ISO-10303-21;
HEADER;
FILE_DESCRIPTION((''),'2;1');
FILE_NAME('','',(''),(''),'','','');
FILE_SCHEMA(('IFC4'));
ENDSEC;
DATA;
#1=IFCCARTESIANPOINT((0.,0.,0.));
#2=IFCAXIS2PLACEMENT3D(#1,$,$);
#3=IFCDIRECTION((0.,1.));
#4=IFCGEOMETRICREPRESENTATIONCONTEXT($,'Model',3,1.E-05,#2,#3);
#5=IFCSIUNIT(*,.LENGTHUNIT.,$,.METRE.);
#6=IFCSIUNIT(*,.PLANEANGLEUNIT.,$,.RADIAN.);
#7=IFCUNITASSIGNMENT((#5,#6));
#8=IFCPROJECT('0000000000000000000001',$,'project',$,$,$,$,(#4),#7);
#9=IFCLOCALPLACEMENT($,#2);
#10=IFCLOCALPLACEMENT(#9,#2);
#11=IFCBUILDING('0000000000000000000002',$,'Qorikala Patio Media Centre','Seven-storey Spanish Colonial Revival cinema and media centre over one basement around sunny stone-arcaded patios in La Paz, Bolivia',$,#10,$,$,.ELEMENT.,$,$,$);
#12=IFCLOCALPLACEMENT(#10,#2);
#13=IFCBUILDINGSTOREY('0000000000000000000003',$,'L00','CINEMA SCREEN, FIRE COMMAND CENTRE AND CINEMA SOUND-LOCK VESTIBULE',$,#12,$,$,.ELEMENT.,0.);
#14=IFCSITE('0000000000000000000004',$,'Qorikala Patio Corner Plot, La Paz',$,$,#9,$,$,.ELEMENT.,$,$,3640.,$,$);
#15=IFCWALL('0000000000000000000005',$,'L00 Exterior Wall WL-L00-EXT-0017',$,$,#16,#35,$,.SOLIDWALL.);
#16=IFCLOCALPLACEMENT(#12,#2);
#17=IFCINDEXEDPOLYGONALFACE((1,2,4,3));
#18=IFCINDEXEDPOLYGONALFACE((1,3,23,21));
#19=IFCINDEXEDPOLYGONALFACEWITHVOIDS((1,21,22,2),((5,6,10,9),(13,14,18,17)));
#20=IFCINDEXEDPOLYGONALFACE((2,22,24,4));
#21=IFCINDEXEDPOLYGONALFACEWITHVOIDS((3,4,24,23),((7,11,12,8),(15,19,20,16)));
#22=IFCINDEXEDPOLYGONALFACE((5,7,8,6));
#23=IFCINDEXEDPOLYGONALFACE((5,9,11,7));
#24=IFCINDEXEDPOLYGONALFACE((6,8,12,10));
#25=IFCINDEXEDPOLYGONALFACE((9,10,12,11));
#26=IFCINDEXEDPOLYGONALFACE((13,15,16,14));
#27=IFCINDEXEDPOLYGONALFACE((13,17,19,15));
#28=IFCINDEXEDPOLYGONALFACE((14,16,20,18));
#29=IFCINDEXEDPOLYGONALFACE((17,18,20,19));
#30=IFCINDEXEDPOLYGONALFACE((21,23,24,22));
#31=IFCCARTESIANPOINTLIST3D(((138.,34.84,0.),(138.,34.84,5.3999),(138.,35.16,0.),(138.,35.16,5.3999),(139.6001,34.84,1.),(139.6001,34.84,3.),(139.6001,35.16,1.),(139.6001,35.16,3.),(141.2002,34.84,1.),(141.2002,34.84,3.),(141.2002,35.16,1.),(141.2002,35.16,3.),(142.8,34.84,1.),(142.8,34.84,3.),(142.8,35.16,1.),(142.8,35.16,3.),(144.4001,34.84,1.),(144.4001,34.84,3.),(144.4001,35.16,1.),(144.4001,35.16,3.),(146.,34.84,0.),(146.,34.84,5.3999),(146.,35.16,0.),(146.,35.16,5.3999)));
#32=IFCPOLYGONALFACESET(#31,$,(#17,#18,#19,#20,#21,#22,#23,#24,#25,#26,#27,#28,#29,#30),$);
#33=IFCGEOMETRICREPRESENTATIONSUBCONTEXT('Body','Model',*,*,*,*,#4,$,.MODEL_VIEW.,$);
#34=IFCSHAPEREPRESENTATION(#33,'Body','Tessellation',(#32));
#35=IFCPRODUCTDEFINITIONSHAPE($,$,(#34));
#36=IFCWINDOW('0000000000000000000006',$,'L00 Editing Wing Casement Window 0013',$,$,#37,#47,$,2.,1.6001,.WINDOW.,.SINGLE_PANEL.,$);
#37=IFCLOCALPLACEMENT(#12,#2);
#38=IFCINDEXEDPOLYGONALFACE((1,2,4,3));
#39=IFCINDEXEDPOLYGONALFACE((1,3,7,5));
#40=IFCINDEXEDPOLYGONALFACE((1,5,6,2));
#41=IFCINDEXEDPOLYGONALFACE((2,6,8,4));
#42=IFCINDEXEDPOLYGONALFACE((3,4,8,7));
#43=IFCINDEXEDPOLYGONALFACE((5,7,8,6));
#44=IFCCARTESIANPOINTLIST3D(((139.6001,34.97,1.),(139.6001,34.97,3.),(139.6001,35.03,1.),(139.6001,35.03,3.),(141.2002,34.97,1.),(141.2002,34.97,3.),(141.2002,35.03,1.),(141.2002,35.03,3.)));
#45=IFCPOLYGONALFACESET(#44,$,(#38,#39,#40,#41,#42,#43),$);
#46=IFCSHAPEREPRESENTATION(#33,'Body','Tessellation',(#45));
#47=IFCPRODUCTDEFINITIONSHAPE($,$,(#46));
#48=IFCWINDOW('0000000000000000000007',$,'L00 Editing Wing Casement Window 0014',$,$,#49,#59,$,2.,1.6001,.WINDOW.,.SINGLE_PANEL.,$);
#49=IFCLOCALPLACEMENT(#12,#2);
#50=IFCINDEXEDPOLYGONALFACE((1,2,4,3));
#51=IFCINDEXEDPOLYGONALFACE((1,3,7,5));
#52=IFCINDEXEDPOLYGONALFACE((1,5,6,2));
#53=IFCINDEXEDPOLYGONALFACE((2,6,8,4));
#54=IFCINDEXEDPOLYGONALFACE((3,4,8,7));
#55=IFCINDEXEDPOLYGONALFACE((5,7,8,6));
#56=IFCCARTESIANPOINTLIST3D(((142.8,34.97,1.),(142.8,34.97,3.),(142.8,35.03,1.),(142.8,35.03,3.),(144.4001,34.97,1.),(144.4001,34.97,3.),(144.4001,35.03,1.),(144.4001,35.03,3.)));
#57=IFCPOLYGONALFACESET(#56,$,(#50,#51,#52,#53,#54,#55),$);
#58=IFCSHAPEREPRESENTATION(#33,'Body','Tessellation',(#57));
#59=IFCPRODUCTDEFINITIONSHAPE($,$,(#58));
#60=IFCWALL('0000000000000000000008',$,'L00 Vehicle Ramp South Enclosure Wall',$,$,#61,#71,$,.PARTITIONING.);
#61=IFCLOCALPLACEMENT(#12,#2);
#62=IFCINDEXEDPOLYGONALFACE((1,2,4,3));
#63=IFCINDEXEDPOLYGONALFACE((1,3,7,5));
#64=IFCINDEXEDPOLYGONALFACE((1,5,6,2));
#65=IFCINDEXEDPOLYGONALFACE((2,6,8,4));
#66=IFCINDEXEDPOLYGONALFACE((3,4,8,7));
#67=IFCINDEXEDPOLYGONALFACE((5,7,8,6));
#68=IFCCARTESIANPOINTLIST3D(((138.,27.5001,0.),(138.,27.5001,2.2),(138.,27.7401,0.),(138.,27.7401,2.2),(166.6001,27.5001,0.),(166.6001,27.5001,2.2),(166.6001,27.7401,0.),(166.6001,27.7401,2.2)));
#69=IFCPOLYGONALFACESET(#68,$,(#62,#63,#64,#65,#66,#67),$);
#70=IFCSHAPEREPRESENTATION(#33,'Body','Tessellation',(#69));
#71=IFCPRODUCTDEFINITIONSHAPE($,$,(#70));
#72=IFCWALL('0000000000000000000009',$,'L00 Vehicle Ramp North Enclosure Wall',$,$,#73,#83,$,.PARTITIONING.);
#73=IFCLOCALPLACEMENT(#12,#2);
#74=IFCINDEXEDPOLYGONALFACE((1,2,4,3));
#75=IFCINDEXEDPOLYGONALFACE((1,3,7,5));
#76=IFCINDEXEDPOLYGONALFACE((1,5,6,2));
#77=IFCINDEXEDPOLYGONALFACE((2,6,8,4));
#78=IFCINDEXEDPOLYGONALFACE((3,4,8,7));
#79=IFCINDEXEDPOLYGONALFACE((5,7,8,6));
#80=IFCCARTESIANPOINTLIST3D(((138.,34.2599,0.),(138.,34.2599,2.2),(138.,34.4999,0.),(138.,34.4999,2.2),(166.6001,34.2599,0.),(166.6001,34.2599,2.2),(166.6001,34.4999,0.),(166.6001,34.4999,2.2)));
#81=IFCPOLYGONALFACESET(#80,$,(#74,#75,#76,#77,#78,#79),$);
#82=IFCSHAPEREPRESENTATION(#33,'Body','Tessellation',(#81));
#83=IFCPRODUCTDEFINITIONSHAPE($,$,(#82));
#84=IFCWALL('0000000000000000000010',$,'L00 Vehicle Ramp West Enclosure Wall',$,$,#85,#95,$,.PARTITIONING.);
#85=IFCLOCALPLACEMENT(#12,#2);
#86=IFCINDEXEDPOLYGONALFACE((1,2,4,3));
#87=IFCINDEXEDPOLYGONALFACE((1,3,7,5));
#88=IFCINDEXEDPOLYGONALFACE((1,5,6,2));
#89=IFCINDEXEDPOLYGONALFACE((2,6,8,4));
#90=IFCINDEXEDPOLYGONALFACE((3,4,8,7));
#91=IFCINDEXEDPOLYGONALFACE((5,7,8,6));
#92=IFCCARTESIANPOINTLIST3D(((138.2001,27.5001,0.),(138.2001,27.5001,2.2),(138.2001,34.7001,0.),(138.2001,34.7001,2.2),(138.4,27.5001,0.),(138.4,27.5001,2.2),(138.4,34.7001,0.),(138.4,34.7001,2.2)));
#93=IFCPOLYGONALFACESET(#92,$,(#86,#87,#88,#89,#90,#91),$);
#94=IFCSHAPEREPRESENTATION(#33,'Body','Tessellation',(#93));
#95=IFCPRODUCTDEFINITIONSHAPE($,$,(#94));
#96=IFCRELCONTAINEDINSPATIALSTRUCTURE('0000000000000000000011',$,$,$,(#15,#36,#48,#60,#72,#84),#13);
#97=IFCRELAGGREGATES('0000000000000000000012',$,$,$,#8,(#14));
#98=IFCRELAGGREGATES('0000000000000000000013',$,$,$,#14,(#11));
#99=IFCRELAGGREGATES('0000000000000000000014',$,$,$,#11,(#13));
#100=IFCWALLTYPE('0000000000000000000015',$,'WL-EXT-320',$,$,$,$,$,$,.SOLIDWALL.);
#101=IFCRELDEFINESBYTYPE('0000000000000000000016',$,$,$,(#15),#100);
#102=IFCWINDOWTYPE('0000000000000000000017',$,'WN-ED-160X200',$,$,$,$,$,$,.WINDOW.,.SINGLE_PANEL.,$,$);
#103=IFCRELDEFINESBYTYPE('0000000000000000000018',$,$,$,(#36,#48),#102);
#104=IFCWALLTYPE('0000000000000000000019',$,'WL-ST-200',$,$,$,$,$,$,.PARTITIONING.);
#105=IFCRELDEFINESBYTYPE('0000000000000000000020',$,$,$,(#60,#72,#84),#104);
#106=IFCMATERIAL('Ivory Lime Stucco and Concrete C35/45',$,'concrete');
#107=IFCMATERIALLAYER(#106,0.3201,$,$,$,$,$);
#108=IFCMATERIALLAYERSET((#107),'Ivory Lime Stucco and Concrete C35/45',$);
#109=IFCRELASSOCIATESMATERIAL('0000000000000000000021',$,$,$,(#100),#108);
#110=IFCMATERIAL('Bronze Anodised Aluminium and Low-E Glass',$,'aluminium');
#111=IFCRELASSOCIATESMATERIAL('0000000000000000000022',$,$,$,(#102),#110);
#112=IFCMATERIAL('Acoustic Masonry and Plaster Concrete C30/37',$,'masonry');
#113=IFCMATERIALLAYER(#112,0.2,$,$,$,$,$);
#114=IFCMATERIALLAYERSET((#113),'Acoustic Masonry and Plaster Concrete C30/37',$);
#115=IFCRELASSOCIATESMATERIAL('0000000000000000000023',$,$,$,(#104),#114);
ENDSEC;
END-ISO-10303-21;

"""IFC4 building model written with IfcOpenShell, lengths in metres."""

from ifc_helpers import new_model, si_unit, direction, frame, frame_2d, origin, place, context, subcontext, project, spatial, rectangle, extrude, material, layer, layer_set, type_object, element, fill, save


model = new_model("IFC4")

# Units and contexts
model_context = context("Model", 3, precision=1e-05, world=origin(), true_north=direction((0.0, 1.0)))
body_context = subcontext(model_context, "Body", "Model", "MODEL_VIEW")
ifc_project = project(units=[si_unit("LENGTHUNIT", "METRE"), si_unit("PLANEANGLEUNIT", "RADIAN")], contexts=[model_context])

# Site, building, storey
site_placement = place(None, origin())
site = spatial("IfcSite", under=ifc_project, at=site_placement, Name="Qorikala Patio Corner Plot, La Paz", CompositionType="ELEMENT", RefElevation=3640.0)
building_placement = place(site_placement, origin())
building = spatial("IfcBuilding", under=site, at=building_placement, Name="Qorikala Patio Media Centre", Description="Seven-storey Spanish Colonial Revival cinema and media centre over one basement around sunny stone-arcaded patios in La Paz, Bolivia", CompositionType="ELEMENT")
storey_placement = place(building_placement, origin())
storey = spatial("IfcBuildingStorey", under=building, at=storey_placement, Name="L00", Description="CINEMA SCREEN, FIRE COMMAND CENTRE AND CINEMA SOUND-LOCK VESTIBULE", CompositionType="ELEMENT", Elevation=0.0)

# Wall, openings, windows
ifc_material_1 = material(Name="Ivory Lime Stucco and Concrete C35/45", Category="concrete")
ifc_layer_1 = layer(ifc_material_1, 0.3201)
ifc_layer_set_1 = layer_set([ifc_layer_1], Name="Ivory Lime Stucco and Concrete C35/45")
wall_type_1 = type_object("IfcWallType", Name="WL-EXT-320", PredefinedType="SOLIDWALL", material=ifc_layer_set_1)
ifc_material_2 = material(Name="Bronze Anodised Aluminium and Low-E Glass", Category="aluminium")
wall_1_placement = place(storey_placement, frame((138.0, 35.0, 0.0), z_axis=(0.0, 0.0, 1.0), x_axis=(1.0, 0.0, 0.0)))
wall_1 = element("IfcWall", 1, at=wall_1_placement, inside=storey, type_object=wall_type_1, Name="L00 Exterior Wall WL-L00-EXT-0017", PredefinedType="SOLIDWALL", context=body_context, shape_type="SweptSolid", body=[
    extrude(rectangle(XDim=8.0, YDim=0.3201, at=frame_2d((4.0, 0.0))), origin(), (0.0, 0.0, 1.0), 5.3999),
])
opening_1_placement = place(wall_1_placement, frame((1.6001, 0.0, 1.0)))
opening_1 = element("IfcOpeningElement", 2, at=opening_1_placement, cuts=wall_1, PredefinedType="OPENING", context=body_context, shape_type="SweptSolid", body=[
    extrude(rectangle(XDim=1.6001, YDim=2.0, at=frame_2d((0.8, 1.0))), frame((0.0, 0.1699, 0.0), z_axis=(0.0, -1.0, 0.0), x_axis=(1.0, 0.0, 0.0)), (0.0, 0.0, 1.0), 0.3401),
])
opening_2_placement = place(wall_1_placement, frame((4.8, 0.0, 1.0)))
opening_2 = element("IfcOpeningElement", 3, at=opening_2_placement, cuts=wall_1, PredefinedType="OPENING", context=body_context, shape_type="SweptSolid", body=[
    extrude(rectangle(XDim=1.6001, YDim=2.0, at=frame_2d((0.8, 1.0))), frame((0.0, 0.1699, 0.0), z_axis=(0.0, -1.0, 0.0), x_axis=(1.0, 0.0, 0.0)), (0.0, 0.0, 1.0), 0.3401),
])
window_type_1 = type_object("IfcWindowType", Name="WN-ED-160X200", PartitioningType="SINGLE_PANEL", PredefinedType="WINDOW", material=ifc_material_2)
window_1_placement = place(opening_1_placement, origin())
window_1 = element("IfcWindow", 4, at=window_1_placement, inside=storey, type_object=window_type_1, Name="L00 Editing Wing Casement Window 0013", OverallHeight=2.0, OverallWidth=1.6001, PartitioningType="SINGLE_PANEL", PredefinedType="WINDOW", context=body_context, shape_type="SweptSolid", body=[
    extrude(rectangle(XDim=1.6001, YDim=2.0, at=frame_2d((0.8, 1.0))), frame((0.0, 0.03, 0.0), z_axis=(0.0, -1.0, 0.0), x_axis=(1.0, 0.0, 0.0)), (0.0, 0.0, 1.0), 0.0601),
])
fill(opening_1, window_1)
window_2_placement = place(opening_2_placement, origin())
window_2 = element("IfcWindow", 5, at=window_2_placement, inside=storey, type_object=window_type_1, Name="L00 Editing Wing Casement Window 0014", OverallHeight=2.0, OverallWidth=1.6001, PartitioningType="SINGLE_PANEL", PredefinedType="WINDOW", context=body_context, shape_type="SweptSolid", body=[
    extrude(rectangle(XDim=1.6001, YDim=2.0, at=frame_2d((0.8, 1.0))), frame((0.0, 0.03, 0.0), z_axis=(0.0, -1.0, 0.0), x_axis=(1.0, 0.0, 0.0)), (0.0, 0.0, 1.0), 0.0601),
])
fill(opening_2, window_2)

# Walls
ifc_material_3 = material(Name="Acoustic Masonry and Plaster Concrete C30/37", Category="masonry")
ifc_layer_2 = layer(ifc_material_3, 0.2)
ifc_layer_set_2 = layer_set([ifc_layer_2], Name="Acoustic Masonry and Plaster Concrete C30/37")
wall_type_2 = type_object("IfcWallType", Name="WL-ST-200", PredefinedType="PARTITIONING", material=ifc_layer_set_2)
for number, where, z_axis, x_axis, name in (
    (6, (138.0, 27.6201, 0.0), (0.0, 0.0, 1.0), (1.0, 0.0, 0.0), "L00 Vehicle Ramp South Enclosure Wall"),
    (7, (138.0, 34.3799, 0.0), (0.0, 0.0, 1.0), (1.0, 0.0, 0.0), "L00 Vehicle Ramp North Enclosure Wall"),
):
    element("IfcWall", number, at=place(storey_placement, frame(where, z_axis=z_axis, x_axis=x_axis)), inside=storey, type_object=wall_type_2, Name=name, PredefinedType="PARTITIONING", context=body_context, shape_type="SweptSolid", body=[
        extrude(rectangle(XDim=28.6001, YDim=0.24, at=frame_2d((14.3, 0.0))), origin(), (0.0, 0.0, 1.0), 2.2),
    ])
wall_2_placement = place(storey_placement, frame((138.3, 27.5, 0.0), z_axis=(0.0, 0.0, 1.0), x_axis=(0.0, 1.0, 0.0)))
element("IfcWall", 8, at=wall_2_placement, inside=storey, type_object=wall_type_2, Name="L00 Vehicle Ramp West Enclosure Wall", PredefinedType="PARTITIONING", context=body_context, shape_type="SweptSolid", body=[
    extrude(rectangle(XDim=7.2, YDim=0.2, at=frame_2d((3.6001, 0.0))), origin(), (0.0, 0.0, 1.0), 2.2),
])

save(model, "model.ifc")
